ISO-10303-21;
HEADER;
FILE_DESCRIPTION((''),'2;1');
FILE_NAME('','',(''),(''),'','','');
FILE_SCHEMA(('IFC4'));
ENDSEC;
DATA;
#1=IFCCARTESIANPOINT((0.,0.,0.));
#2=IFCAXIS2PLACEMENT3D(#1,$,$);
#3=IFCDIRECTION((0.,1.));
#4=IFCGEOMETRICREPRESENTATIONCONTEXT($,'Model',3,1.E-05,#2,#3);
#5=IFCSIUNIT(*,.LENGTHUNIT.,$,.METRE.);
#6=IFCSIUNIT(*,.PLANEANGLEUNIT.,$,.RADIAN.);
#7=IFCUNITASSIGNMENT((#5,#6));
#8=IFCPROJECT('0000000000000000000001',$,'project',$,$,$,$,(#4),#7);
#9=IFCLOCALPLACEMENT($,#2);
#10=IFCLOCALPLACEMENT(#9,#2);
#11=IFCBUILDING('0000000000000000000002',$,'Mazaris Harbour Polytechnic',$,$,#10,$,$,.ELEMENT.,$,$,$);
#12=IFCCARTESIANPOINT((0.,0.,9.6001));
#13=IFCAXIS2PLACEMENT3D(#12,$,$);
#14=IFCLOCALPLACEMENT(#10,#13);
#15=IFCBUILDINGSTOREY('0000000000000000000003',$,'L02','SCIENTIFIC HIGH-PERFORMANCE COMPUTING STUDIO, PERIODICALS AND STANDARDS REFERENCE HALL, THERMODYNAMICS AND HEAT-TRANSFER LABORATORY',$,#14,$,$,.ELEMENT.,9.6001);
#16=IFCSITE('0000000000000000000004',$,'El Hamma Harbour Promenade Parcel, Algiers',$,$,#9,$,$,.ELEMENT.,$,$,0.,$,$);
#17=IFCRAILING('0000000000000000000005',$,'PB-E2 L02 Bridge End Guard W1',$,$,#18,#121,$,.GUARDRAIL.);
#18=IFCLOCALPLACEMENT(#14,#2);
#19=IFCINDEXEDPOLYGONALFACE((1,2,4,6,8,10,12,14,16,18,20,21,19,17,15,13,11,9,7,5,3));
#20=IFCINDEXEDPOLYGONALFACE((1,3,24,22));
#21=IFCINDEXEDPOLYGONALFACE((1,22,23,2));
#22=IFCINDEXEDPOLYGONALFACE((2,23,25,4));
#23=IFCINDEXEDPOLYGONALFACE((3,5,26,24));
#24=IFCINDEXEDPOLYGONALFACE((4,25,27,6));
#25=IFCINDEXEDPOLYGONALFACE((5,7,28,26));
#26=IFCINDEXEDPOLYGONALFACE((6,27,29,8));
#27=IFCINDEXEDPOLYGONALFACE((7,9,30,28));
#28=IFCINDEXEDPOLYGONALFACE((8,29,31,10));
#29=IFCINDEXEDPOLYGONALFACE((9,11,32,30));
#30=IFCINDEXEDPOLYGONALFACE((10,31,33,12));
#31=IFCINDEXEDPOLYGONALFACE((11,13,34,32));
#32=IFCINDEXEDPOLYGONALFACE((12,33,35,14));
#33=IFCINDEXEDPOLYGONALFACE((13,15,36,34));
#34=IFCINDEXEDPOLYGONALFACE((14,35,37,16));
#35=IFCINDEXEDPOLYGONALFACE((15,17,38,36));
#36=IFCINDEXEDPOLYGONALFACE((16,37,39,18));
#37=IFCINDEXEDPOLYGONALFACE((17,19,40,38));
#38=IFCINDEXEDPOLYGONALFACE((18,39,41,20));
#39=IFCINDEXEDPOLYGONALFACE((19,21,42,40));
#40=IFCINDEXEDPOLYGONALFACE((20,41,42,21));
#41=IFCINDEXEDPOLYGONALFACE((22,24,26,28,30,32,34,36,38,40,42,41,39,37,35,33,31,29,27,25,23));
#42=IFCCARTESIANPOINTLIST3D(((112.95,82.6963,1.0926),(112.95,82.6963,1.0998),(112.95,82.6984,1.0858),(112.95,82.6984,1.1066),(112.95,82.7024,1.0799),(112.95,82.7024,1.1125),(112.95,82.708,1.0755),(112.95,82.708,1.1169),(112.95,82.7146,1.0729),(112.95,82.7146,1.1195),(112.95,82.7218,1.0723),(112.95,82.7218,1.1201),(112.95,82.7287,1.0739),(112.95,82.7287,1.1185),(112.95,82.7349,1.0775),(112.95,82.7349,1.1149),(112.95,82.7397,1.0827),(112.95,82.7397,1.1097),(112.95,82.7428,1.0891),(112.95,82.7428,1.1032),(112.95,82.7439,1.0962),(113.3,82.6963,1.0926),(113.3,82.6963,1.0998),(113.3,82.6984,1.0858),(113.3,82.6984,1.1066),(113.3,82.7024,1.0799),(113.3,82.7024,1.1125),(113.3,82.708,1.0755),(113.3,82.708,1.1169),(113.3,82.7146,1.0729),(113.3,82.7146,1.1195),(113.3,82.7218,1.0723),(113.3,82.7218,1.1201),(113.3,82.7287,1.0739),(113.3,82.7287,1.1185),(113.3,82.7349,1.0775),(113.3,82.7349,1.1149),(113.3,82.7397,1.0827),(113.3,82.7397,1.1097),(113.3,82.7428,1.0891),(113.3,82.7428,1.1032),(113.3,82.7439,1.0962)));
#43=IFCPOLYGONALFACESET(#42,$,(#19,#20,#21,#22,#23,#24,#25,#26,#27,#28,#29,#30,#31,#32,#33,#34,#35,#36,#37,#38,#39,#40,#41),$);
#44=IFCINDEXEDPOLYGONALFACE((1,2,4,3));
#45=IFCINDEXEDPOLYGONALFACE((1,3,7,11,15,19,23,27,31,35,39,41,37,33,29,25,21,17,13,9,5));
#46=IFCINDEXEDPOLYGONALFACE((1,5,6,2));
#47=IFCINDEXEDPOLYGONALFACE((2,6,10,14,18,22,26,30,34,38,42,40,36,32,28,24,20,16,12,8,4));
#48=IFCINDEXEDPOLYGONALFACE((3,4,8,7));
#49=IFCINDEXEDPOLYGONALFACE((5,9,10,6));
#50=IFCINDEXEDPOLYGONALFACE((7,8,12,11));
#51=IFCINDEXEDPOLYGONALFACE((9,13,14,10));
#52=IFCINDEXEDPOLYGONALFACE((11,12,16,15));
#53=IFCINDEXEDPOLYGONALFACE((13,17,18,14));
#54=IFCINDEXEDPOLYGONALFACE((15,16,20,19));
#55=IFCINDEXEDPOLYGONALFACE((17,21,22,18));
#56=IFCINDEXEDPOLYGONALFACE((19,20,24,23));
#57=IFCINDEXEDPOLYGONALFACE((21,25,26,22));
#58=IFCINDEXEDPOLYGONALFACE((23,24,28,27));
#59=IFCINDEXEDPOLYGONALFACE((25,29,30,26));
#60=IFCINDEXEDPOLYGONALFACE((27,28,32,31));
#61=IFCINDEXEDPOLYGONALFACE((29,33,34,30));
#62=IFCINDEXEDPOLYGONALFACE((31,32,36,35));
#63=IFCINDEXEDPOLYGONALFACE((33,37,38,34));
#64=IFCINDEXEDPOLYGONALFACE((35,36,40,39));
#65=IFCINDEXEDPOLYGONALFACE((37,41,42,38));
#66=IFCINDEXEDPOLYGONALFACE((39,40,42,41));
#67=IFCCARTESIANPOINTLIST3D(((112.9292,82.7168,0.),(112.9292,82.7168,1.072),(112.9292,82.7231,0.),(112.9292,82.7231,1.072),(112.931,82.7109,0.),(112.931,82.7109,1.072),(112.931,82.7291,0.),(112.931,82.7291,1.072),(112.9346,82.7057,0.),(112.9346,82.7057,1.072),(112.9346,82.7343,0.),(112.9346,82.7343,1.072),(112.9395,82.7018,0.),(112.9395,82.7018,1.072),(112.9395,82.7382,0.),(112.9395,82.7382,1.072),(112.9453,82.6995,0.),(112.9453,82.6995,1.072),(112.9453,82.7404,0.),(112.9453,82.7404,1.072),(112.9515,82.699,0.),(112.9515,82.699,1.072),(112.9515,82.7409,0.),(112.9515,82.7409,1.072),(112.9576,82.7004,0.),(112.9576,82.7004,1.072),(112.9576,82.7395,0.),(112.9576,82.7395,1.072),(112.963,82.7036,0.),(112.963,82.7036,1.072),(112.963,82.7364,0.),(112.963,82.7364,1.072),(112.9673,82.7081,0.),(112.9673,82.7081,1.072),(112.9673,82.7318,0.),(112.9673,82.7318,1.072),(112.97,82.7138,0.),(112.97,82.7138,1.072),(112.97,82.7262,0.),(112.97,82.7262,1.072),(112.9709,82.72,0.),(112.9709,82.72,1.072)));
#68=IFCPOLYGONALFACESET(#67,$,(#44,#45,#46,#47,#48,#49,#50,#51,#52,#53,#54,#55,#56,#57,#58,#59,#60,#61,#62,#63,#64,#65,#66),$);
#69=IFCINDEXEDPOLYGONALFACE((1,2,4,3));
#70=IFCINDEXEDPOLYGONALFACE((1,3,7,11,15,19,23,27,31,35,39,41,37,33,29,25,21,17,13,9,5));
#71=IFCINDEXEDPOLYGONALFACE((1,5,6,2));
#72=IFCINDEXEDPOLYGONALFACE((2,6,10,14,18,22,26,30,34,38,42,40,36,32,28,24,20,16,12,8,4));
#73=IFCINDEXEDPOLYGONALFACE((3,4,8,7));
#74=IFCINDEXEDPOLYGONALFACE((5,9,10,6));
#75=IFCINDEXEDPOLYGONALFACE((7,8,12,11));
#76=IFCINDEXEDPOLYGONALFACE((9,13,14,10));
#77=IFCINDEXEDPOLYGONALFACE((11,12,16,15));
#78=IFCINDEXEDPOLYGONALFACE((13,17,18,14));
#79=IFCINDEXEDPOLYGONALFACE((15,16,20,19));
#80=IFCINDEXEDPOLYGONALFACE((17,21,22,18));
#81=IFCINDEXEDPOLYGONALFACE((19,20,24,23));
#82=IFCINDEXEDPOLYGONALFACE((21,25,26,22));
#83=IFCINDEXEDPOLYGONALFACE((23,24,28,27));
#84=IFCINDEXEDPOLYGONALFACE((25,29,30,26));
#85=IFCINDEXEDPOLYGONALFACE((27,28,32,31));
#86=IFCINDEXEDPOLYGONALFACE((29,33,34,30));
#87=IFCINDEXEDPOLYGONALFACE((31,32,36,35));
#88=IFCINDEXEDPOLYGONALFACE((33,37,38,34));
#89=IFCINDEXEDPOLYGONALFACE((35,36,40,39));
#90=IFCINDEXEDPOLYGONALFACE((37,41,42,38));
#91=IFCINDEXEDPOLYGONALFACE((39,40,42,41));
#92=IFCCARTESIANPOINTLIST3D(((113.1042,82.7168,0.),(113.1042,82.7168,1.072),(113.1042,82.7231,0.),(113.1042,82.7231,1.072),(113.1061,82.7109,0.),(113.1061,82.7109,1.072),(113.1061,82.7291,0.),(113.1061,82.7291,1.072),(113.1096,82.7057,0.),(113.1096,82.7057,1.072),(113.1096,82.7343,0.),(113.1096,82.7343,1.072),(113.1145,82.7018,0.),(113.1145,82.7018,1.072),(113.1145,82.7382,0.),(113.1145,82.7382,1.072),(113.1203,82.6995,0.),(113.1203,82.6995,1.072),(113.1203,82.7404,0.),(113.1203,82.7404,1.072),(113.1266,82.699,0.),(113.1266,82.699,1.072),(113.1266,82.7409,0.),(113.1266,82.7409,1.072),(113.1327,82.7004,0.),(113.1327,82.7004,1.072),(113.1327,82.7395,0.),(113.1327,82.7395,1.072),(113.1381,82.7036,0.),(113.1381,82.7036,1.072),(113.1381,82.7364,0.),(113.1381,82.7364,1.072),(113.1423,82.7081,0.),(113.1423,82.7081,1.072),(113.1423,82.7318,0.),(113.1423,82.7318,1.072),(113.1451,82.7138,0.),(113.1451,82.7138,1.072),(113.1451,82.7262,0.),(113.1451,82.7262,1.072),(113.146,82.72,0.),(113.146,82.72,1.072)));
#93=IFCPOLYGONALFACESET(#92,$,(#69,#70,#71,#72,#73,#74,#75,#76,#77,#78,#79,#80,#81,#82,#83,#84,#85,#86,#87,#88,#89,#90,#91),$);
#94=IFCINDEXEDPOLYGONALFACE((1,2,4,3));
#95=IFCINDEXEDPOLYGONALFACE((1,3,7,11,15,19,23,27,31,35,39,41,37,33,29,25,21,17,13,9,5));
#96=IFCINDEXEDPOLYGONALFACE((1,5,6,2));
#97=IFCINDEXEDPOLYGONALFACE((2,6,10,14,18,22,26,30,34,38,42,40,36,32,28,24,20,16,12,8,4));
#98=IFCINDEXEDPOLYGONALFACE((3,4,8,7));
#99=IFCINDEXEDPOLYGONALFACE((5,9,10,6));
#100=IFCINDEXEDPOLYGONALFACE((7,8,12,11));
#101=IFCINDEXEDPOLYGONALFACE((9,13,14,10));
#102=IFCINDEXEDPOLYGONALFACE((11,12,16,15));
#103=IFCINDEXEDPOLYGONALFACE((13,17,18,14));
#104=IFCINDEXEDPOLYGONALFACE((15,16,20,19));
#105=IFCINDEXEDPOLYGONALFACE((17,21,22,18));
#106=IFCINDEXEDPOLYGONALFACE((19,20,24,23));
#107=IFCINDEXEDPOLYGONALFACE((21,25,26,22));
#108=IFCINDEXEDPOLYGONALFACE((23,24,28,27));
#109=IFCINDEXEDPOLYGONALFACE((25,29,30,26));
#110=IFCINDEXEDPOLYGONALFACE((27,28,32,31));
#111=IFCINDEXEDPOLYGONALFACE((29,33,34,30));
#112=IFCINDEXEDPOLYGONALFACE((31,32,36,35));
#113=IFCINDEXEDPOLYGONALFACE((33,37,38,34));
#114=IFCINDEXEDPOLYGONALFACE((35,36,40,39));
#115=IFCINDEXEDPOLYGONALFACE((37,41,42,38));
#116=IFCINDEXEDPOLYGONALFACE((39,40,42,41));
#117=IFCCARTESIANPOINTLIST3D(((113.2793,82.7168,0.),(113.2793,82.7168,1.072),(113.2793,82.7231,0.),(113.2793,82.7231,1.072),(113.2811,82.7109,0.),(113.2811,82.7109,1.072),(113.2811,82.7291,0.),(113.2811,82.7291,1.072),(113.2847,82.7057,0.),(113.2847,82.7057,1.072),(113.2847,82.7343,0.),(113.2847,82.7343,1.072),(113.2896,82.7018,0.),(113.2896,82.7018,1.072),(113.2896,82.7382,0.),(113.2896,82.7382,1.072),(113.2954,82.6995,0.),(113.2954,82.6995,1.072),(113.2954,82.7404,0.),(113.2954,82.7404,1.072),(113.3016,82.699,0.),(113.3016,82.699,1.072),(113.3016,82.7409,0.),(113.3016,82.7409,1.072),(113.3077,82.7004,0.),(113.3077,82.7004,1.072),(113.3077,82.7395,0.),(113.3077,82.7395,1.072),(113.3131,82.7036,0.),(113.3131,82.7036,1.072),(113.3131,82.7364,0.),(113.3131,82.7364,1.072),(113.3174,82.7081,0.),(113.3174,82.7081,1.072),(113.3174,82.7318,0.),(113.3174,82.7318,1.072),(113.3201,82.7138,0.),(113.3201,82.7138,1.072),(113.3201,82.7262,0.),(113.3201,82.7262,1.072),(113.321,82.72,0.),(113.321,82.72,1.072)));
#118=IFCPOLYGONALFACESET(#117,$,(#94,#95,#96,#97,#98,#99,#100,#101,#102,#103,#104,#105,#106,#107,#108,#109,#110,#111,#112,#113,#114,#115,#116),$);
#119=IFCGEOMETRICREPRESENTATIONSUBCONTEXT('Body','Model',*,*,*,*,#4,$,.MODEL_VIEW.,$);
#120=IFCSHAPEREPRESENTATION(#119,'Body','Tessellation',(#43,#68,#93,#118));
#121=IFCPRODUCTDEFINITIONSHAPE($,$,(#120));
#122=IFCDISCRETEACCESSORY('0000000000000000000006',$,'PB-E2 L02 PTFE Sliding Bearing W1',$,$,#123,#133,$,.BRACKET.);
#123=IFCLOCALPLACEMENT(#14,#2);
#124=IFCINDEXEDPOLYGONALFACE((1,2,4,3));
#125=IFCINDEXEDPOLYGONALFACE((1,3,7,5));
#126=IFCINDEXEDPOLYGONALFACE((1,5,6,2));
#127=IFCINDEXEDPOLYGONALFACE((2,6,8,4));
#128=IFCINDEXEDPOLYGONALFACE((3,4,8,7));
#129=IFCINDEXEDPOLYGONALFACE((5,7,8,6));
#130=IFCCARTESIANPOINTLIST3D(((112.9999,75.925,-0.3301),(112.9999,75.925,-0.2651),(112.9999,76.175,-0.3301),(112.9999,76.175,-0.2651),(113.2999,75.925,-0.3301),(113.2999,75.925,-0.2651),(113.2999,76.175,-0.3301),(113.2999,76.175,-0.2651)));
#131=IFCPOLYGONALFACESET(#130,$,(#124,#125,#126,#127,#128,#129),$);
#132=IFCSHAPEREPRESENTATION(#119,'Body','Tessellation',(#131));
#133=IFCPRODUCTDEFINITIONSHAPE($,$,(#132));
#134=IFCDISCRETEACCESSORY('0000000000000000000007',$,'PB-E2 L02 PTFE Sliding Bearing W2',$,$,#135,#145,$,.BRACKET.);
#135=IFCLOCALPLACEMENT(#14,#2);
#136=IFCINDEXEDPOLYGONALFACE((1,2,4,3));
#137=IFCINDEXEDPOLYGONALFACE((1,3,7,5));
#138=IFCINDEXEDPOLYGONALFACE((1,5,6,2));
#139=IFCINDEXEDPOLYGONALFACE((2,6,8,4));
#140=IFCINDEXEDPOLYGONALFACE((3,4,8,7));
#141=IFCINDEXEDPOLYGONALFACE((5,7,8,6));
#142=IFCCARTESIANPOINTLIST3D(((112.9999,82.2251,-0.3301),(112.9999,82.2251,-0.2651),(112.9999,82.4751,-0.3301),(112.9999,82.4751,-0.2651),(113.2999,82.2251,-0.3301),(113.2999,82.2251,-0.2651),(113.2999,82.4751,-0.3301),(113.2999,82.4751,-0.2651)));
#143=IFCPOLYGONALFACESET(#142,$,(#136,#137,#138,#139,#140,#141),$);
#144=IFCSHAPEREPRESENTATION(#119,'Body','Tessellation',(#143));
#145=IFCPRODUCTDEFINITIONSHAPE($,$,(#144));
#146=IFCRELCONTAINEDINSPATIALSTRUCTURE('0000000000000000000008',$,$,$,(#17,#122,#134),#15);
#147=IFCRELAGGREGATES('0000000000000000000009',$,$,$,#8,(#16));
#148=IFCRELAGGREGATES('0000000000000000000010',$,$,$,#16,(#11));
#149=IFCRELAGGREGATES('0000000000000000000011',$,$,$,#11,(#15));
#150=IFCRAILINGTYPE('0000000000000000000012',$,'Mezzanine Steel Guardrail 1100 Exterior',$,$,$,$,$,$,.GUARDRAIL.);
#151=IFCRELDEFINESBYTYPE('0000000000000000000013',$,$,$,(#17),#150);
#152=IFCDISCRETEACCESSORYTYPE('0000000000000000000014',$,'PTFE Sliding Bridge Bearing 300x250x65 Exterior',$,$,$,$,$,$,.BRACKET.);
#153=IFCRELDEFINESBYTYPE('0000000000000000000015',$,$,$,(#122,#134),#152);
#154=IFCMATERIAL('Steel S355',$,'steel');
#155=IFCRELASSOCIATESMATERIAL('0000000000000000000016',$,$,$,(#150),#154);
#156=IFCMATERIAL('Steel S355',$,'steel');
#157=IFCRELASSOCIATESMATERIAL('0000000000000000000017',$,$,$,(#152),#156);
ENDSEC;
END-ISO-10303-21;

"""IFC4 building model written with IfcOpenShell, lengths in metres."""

from ifc_helpers import new_model, si_unit, direction, frame, origin, origin_2d, place, context, subcontext, project, spatial, rectangle, circle, extrude, material, type_object, element, save


model = new_model("IFC4")

# Units and contexts
model_context = context("Model", 3, precision=1e-05, world=origin(), true_north=direction((0.0, 1.0)))
body_context = subcontext(model_context, "Body", "Model", "MODEL_VIEW")
ifc_project = project(units=[si_unit("LENGTHUNIT", "METRE"), si_unit("PLANEANGLEUNIT", "RADIAN")], contexts=[model_context])

# Site, building, storey
site_placement = place(None, origin())
site = spatial("IfcSite", under=ifc_project, at=site_placement, Name="El Hamma Harbour Promenade Parcel, Algiers", CompositionType="ELEMENT", RefElevation=0.0)
building_placement = place(site_placement, origin())
building = spatial("IfcBuilding", under=site, at=building_placement, Name="Mazaris Harbour Polytechnic", CompositionType="ELEMENT")
storey_placement = place(building_placement, frame((0.0, 0.0, 9.6001)))
storey = spatial("IfcBuildingStorey", under=building, at=storey_placement, Name="L02", Description="SCIENTIFIC HIGH-PERFORMANCE COMPUTING STUDIO, PERIODICALS AND STANDARDS REFERENCE HALL, THERMODYNAMICS AND HEAT-TRANSFER LABORATORY", CompositionType="ELEMENT", Elevation=9.6001)

# Railing
ifc_material_1 = material(Name="Steel S355", Category="steel")
railing_type = type_object("IfcRailingType", Name="Mezzanine Steel Guardrail 1100 Exterior", PredefinedType="GUARDRAIL", material=ifc_material_1)
for number, where, name in (
    (1, (112.95, 82.72, 0.0), "PB-E2 L02 Bridge End Guard W1"),
):
    element("IfcRailing", number, at=place(storey_placement, frame(where)), inside=storey, type_object=railing_type, Name=name, PredefinedType="GUARDRAIL", context=body_context, shape_type="SweptSolid", body=[
        extrude(circle(Radius=0.0239, at=origin_2d()), frame((0.0, 0.0, 1.0962), z_axis=(1.0, 0.0, 0.0), x_axis=(0.0, 1.0, 0.0)), (0.0, 0.0, 1.0), 0.3501),
        extrude(circle(Radius=0.021, at=origin_2d()), origin(), (0.0, 0.0, 1.0), 1.072),
        extrude(circle(Radius=0.021, at=origin_2d()), frame((0.175, 0.0, 0.0)), (0.0, 0.0, 1.0), 1.072),
        extrude(circle(Radius=0.021, at=origin_2d()), frame((0.3501, 0.0, 0.0)), (0.0, 0.0, 1.0), 1.072),
    ])

# Discrete accessories
ifc_material_2 = material(Name="Steel S355", Category="steel")
discrete_accessory_type = type_object("IfcDiscreteAccessoryType", Name="PTFE Sliding Bridge Bearing 300x250x65 Exterior", PredefinedType="BRACKET", material=ifc_material_2)
for number, where, z_axis, x_axis, name in (
    (2, (113.1499, 76.05, -0.3301), (0.0, 0.0, 1.0), (1.0, 0.0, 0.0), "PB-E2 L02 PTFE Sliding Bearing W1"),
    (3, (113.1499, 82.3501, -0.3301), (0.0, 0.0, 1.0), (1.0, 0.0, 0.0), "PB-E2 L02 PTFE Sliding Bearing W2"),
):
    element("IfcDiscreteAccessory", number, at=place(storey_placement, frame(where, z_axis=z_axis, x_axis=x_axis)), inside=storey, type_object=discrete_accessory_type, Name=name, PredefinedType="BRACKET", context=body_context, shape_type="SweptSolid", body=[
        extrude(rectangle(XDim=0.3, YDim=0.25, at=origin_2d()), origin(), (0.0, 0.0, 1.0), 0.0649),
    ])

save(model, "model.ifc")
